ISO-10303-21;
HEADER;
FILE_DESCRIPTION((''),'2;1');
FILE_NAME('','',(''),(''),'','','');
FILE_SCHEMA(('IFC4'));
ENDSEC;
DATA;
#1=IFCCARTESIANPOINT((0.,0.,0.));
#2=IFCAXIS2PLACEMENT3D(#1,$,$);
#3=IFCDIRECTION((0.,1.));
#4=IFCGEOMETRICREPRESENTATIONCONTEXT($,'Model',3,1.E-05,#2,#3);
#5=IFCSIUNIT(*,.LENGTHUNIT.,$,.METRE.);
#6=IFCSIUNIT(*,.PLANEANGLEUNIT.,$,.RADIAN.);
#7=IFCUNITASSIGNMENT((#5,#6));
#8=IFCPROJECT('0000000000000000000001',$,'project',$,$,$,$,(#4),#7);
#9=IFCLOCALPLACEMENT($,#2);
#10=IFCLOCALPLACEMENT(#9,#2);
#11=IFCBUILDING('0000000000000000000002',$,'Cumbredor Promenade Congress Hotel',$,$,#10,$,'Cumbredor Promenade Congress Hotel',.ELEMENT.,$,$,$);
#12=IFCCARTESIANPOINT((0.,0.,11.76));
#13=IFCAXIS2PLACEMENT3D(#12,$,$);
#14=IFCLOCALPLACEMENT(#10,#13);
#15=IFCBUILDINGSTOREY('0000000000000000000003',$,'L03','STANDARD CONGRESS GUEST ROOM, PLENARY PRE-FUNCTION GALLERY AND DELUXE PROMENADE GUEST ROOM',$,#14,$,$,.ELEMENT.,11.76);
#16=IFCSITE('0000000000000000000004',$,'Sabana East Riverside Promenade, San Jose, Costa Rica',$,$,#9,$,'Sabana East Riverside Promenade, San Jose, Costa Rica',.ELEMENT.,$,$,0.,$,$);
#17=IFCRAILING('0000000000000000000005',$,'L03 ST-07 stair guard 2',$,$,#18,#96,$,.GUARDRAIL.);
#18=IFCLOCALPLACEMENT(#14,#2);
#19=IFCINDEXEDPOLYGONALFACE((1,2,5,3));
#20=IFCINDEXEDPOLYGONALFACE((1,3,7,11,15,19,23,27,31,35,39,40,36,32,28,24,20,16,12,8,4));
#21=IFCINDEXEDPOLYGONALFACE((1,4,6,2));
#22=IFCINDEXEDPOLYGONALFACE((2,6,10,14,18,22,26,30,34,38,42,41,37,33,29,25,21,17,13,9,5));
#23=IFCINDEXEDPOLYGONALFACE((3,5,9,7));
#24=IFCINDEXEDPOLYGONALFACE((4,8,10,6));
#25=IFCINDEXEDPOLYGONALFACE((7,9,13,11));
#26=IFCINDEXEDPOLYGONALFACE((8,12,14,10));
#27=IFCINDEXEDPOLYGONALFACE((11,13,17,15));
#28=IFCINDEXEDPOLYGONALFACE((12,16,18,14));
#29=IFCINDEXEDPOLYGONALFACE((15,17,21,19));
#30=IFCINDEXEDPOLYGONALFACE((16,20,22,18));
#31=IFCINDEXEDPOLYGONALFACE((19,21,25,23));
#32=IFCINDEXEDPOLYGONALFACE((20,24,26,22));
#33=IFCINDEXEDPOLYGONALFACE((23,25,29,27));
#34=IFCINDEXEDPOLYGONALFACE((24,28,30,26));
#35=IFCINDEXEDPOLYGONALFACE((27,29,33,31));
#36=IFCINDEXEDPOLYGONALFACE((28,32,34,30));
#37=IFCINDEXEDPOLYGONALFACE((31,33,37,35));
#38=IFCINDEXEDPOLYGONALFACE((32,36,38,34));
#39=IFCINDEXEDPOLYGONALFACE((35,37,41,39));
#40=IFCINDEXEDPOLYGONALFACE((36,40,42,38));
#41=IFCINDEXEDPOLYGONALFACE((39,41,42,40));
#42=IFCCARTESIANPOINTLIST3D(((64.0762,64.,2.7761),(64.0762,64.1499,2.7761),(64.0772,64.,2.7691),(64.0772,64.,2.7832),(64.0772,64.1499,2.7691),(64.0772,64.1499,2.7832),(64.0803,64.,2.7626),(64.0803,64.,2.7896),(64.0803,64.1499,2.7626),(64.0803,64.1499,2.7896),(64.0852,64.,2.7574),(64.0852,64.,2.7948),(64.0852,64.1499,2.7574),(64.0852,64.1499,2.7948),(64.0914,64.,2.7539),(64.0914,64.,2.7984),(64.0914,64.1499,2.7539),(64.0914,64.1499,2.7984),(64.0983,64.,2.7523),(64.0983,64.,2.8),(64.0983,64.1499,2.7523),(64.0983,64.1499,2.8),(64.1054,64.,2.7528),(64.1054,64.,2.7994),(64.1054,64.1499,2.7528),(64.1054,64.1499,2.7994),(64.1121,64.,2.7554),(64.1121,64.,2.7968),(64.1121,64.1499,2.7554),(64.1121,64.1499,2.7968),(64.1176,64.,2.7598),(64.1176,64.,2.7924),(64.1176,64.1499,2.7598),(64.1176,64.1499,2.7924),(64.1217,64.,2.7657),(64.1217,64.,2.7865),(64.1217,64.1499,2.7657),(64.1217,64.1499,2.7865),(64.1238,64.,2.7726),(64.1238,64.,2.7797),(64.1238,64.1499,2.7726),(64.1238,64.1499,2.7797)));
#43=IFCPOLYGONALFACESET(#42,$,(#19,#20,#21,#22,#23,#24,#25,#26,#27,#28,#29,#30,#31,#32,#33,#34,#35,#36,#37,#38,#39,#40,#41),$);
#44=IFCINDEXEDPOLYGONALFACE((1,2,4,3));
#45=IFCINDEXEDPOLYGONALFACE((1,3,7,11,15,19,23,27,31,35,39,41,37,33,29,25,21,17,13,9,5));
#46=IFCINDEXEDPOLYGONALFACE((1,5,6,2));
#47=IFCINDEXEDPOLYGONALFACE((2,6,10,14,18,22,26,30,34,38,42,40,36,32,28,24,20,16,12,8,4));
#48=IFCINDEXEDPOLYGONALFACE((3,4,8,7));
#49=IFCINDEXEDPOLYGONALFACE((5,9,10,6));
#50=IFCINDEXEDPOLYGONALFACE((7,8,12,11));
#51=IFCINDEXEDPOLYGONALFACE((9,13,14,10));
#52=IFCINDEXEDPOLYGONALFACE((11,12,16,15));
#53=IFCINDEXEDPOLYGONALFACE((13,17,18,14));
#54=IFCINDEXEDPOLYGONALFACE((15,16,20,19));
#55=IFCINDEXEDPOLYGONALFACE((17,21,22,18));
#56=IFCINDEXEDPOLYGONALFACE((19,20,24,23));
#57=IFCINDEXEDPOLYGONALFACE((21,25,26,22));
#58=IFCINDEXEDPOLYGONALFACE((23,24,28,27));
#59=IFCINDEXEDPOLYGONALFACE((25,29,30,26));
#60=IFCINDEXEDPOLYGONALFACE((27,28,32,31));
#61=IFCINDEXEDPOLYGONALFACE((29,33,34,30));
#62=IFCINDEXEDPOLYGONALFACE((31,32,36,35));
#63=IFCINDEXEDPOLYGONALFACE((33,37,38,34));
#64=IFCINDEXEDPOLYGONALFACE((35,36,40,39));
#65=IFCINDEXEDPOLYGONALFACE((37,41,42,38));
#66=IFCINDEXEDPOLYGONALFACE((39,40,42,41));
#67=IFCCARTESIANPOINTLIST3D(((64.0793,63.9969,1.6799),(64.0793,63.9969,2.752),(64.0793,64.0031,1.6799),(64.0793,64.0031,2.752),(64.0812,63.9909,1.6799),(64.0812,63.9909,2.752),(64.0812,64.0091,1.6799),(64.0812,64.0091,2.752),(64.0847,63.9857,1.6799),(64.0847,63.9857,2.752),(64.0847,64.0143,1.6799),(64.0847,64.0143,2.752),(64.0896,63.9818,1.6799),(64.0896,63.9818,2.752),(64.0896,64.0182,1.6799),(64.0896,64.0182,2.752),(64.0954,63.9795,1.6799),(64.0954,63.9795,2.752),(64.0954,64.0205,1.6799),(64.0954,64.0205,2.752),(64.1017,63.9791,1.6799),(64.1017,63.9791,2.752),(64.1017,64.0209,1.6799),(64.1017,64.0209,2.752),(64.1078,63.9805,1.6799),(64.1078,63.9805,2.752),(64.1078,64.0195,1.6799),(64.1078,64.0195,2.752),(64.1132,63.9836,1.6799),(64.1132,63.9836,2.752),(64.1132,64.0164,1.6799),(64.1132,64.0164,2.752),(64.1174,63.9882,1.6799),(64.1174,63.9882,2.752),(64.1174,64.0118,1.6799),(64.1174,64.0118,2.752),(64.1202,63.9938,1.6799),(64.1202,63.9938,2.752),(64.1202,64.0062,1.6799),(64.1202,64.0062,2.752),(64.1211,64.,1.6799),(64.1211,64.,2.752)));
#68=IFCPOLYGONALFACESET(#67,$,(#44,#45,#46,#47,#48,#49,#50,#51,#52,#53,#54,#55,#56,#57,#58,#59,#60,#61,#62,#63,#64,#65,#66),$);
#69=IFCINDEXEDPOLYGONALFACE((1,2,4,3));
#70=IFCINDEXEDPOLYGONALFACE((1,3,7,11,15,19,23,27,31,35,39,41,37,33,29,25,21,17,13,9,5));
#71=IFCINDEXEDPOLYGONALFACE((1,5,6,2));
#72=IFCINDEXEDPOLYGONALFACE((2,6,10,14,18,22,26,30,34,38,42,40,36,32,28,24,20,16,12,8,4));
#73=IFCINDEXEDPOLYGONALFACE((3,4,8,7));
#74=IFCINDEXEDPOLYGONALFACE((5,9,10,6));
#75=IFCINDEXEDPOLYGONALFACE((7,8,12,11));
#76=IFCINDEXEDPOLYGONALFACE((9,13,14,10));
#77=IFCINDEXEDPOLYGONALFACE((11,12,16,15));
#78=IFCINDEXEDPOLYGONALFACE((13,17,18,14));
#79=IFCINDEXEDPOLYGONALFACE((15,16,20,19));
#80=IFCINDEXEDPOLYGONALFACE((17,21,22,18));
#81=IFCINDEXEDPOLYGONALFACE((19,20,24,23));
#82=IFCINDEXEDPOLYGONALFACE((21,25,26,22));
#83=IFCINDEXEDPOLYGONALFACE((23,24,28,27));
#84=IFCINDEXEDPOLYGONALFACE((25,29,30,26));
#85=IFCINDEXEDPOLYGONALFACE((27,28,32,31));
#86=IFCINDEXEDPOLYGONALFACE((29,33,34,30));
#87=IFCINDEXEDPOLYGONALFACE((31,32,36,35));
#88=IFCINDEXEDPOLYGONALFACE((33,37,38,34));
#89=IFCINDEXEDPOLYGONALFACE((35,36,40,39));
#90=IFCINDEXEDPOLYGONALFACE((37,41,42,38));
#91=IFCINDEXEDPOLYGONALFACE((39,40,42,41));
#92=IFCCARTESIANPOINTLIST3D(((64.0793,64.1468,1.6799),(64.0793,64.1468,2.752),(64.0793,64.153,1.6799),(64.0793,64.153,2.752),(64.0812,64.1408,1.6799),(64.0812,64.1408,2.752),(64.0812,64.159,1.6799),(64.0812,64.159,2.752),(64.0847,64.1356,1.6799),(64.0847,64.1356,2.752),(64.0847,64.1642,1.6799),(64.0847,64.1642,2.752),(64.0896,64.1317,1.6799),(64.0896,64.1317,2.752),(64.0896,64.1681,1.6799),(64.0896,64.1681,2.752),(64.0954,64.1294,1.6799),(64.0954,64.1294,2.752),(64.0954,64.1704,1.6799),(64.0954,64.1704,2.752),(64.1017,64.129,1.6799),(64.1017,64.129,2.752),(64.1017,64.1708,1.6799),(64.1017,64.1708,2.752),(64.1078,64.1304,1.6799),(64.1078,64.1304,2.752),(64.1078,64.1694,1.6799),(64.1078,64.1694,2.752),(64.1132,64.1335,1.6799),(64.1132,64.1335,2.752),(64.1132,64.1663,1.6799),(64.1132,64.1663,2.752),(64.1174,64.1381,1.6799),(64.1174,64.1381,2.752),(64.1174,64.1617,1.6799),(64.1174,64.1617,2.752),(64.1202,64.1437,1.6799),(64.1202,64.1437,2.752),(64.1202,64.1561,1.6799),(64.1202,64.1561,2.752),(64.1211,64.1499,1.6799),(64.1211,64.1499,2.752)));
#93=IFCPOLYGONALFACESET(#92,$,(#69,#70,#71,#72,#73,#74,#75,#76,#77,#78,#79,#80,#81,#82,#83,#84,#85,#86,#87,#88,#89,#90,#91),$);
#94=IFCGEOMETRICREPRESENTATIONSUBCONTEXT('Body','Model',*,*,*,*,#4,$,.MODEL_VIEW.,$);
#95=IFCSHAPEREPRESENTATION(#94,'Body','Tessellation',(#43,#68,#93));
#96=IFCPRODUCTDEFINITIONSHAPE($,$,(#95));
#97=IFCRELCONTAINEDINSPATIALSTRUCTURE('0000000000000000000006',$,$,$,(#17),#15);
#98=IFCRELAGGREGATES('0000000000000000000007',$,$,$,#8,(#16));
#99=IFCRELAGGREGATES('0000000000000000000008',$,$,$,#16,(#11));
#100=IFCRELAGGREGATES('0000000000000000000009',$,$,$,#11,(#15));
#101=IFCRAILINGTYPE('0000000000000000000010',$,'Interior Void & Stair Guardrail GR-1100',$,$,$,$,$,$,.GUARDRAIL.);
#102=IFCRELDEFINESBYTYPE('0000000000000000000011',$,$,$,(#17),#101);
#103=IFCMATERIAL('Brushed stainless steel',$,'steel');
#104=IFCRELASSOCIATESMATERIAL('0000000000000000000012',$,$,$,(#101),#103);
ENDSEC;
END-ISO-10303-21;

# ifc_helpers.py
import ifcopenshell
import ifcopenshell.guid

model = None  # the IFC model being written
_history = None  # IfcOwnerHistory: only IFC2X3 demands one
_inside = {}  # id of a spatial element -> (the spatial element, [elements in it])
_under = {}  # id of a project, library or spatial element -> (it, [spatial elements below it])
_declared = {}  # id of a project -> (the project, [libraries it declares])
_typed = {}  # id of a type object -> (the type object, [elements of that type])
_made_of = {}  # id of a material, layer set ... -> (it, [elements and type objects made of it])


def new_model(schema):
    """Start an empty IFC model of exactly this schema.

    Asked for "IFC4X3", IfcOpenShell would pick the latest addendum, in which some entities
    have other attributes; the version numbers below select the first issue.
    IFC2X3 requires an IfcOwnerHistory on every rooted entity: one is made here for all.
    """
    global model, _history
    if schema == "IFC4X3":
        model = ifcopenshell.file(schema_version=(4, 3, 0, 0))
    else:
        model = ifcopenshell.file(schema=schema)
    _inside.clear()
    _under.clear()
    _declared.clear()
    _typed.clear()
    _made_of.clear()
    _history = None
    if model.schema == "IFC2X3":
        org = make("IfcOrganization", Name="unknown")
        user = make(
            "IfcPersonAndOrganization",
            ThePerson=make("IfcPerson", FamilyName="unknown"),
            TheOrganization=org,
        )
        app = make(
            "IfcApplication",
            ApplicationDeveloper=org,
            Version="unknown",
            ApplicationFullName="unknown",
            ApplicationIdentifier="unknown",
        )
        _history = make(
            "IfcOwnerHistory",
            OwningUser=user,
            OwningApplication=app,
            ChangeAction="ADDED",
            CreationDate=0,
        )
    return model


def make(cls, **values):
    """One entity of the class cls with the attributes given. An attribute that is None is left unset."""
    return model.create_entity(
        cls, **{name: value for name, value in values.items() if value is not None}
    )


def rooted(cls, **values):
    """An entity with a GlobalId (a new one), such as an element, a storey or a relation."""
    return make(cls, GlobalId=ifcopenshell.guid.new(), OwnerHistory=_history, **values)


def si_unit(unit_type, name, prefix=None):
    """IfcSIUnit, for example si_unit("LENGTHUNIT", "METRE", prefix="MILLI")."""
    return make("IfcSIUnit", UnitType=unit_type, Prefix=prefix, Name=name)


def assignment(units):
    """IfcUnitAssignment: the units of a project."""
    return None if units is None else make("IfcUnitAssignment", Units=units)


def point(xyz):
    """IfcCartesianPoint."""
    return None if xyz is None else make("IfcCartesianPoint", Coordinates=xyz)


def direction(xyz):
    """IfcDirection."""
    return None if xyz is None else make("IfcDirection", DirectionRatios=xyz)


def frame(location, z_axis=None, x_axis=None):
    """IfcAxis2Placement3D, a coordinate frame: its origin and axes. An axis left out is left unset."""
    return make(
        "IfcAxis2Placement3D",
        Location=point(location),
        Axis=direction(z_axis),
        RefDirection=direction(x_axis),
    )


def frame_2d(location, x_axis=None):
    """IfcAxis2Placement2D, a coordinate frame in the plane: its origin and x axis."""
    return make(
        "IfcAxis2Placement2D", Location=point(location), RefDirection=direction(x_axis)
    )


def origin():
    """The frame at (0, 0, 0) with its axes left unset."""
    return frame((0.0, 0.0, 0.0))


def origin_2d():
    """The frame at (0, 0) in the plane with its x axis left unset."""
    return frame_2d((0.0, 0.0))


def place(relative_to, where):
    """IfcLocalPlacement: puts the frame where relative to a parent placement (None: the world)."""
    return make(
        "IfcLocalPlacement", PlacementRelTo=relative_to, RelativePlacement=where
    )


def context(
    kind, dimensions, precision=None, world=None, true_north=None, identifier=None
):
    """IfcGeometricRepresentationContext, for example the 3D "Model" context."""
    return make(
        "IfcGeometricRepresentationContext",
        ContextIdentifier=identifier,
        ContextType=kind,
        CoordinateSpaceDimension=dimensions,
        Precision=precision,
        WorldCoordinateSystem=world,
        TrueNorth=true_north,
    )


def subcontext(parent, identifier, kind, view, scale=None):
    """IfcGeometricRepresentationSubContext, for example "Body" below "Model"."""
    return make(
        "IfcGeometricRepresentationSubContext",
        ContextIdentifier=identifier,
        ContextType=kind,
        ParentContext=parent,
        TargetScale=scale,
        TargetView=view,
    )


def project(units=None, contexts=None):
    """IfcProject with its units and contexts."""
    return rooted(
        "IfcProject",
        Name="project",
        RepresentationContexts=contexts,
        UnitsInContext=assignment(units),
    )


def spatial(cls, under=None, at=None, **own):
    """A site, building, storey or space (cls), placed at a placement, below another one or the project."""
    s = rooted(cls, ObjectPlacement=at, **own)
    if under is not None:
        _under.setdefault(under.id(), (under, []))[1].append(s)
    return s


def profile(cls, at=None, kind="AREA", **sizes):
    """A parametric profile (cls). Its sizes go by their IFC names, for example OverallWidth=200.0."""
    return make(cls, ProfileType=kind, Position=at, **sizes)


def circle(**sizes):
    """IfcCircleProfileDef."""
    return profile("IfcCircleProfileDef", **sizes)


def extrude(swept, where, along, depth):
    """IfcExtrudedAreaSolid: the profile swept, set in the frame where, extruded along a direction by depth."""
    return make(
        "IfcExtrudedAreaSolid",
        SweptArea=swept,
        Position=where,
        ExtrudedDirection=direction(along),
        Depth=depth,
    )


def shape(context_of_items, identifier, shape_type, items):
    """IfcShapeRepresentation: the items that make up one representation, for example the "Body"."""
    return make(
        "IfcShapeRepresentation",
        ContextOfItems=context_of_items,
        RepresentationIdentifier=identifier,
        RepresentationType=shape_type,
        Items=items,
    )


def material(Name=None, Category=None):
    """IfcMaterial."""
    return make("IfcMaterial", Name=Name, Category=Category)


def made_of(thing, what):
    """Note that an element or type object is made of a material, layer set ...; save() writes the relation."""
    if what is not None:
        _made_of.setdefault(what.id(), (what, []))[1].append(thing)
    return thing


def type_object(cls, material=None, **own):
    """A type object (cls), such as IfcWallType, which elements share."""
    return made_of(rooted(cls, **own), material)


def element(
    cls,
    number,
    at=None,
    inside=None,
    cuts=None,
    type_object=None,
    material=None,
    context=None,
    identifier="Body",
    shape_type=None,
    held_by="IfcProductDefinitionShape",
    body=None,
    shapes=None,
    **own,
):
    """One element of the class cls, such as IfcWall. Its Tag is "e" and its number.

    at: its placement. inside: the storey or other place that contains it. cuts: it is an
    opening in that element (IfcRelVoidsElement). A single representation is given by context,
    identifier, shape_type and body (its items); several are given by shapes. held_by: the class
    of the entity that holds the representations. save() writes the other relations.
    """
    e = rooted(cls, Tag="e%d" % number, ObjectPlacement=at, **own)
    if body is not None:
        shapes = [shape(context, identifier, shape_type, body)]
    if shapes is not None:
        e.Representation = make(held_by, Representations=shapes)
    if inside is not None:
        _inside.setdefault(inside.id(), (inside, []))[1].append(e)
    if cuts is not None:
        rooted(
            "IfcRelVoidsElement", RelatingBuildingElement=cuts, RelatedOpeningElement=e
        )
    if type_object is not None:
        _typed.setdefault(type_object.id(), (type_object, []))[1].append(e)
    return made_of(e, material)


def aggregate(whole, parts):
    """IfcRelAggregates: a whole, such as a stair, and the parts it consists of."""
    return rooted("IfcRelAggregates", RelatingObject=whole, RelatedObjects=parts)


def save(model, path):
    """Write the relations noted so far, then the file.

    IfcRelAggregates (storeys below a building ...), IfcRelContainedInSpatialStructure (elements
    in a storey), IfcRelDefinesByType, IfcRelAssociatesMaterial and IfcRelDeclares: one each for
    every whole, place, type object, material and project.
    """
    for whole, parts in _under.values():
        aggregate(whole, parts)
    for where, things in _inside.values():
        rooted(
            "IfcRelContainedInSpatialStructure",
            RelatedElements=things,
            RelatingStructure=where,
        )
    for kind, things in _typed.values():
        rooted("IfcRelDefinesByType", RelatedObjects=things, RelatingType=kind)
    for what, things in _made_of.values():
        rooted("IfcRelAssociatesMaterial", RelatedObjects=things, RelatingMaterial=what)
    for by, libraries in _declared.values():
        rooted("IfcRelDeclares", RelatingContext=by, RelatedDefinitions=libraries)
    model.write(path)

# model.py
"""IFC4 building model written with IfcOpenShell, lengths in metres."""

from ifc_helpers import new_model, si_unit, direction, frame, origin, origin_2d, place, context, subcontext, project, spatial, circle, extrude, material, type_object, element, save


model = new_model("IFC4")

# Units and contexts
model_context = context("Model", 3, precision=1e-05, world=origin(), true_north=direction((0.0, 1.0)))
body_context = subcontext(model_context, "Body", "Model", "MODEL_VIEW")
ifc_project = project(units=[si_unit("LENGTHUNIT", "METRE"), si_unit("PLANEANGLEUNIT", "RADIAN")], contexts=[model_context])

# Site, building, storey
site_placement = place(None, origin())
site = spatial("IfcSite", under=ifc_project, at=site_placement, Name="Sabana East Riverside Promenade, San Jose, Costa Rica", LongName="Sabana East Riverside Promenade, San Jose, Costa Rica", CompositionType="ELEMENT", RefElevation=0.0)
building_placement = place(site_placement, origin())
building = spatial("IfcBuilding", under=site, at=building_placement, Name="Cumbredor Promenade Congress Hotel", LongName="Cumbredor Promenade Congress Hotel", CompositionType="ELEMENT")
storey_placement = place(building_placement, frame((0.0, 0.0, 11.76)))
storey = spatial("IfcBuildingStorey", under=building, at=storey_placement, Name="L03", Description="STANDARD CONGRESS GUEST ROOM, PLENARY PRE-FUNCTION GALLERY AND DELUXE PROMENADE GUEST ROOM", CompositionType="ELEMENT", Elevation=11.76)

# Railing
ifc_material_1 = material(Name="Brushed stainless steel", Category="steel")
railing_type = type_object("IfcRailingType", Name="Interior Void & Stair Guardrail GR-1100", PredefinedType="GUARDRAIL", material=ifc_material_1)
railing_placement = place(storey_placement, frame((64.1001, 64.0, 1.6799)))
element("IfcRailing", 1, at=railing_placement, inside=storey, type_object=railing_type, Name="L03 ST-07 stair guard 2", PredefinedType="GUARDRAIL", context=body_context, shape_type="SweptSolid", body=[
    extrude(circle(Radius=0.0239, at=origin_2d()), frame((0.0, 0.0, 1.0962), z_axis=(0.0, 1.0, 0.0), x_axis=(-1.0, 0.0, 0.0)), (0.0, 0.0, 1.0), 0.1499),
    extrude(circle(Radius=0.021, at=origin_2d()), origin(), (0.0, 0.0, 1.0), 1.072),
    extrude(circle(Radius=0.021, at=origin_2d()), frame((0.0, 0.1499, 0.0)), (0.0, 0.0, 1.0), 1.072),
])

save(model, "model.ifc")
